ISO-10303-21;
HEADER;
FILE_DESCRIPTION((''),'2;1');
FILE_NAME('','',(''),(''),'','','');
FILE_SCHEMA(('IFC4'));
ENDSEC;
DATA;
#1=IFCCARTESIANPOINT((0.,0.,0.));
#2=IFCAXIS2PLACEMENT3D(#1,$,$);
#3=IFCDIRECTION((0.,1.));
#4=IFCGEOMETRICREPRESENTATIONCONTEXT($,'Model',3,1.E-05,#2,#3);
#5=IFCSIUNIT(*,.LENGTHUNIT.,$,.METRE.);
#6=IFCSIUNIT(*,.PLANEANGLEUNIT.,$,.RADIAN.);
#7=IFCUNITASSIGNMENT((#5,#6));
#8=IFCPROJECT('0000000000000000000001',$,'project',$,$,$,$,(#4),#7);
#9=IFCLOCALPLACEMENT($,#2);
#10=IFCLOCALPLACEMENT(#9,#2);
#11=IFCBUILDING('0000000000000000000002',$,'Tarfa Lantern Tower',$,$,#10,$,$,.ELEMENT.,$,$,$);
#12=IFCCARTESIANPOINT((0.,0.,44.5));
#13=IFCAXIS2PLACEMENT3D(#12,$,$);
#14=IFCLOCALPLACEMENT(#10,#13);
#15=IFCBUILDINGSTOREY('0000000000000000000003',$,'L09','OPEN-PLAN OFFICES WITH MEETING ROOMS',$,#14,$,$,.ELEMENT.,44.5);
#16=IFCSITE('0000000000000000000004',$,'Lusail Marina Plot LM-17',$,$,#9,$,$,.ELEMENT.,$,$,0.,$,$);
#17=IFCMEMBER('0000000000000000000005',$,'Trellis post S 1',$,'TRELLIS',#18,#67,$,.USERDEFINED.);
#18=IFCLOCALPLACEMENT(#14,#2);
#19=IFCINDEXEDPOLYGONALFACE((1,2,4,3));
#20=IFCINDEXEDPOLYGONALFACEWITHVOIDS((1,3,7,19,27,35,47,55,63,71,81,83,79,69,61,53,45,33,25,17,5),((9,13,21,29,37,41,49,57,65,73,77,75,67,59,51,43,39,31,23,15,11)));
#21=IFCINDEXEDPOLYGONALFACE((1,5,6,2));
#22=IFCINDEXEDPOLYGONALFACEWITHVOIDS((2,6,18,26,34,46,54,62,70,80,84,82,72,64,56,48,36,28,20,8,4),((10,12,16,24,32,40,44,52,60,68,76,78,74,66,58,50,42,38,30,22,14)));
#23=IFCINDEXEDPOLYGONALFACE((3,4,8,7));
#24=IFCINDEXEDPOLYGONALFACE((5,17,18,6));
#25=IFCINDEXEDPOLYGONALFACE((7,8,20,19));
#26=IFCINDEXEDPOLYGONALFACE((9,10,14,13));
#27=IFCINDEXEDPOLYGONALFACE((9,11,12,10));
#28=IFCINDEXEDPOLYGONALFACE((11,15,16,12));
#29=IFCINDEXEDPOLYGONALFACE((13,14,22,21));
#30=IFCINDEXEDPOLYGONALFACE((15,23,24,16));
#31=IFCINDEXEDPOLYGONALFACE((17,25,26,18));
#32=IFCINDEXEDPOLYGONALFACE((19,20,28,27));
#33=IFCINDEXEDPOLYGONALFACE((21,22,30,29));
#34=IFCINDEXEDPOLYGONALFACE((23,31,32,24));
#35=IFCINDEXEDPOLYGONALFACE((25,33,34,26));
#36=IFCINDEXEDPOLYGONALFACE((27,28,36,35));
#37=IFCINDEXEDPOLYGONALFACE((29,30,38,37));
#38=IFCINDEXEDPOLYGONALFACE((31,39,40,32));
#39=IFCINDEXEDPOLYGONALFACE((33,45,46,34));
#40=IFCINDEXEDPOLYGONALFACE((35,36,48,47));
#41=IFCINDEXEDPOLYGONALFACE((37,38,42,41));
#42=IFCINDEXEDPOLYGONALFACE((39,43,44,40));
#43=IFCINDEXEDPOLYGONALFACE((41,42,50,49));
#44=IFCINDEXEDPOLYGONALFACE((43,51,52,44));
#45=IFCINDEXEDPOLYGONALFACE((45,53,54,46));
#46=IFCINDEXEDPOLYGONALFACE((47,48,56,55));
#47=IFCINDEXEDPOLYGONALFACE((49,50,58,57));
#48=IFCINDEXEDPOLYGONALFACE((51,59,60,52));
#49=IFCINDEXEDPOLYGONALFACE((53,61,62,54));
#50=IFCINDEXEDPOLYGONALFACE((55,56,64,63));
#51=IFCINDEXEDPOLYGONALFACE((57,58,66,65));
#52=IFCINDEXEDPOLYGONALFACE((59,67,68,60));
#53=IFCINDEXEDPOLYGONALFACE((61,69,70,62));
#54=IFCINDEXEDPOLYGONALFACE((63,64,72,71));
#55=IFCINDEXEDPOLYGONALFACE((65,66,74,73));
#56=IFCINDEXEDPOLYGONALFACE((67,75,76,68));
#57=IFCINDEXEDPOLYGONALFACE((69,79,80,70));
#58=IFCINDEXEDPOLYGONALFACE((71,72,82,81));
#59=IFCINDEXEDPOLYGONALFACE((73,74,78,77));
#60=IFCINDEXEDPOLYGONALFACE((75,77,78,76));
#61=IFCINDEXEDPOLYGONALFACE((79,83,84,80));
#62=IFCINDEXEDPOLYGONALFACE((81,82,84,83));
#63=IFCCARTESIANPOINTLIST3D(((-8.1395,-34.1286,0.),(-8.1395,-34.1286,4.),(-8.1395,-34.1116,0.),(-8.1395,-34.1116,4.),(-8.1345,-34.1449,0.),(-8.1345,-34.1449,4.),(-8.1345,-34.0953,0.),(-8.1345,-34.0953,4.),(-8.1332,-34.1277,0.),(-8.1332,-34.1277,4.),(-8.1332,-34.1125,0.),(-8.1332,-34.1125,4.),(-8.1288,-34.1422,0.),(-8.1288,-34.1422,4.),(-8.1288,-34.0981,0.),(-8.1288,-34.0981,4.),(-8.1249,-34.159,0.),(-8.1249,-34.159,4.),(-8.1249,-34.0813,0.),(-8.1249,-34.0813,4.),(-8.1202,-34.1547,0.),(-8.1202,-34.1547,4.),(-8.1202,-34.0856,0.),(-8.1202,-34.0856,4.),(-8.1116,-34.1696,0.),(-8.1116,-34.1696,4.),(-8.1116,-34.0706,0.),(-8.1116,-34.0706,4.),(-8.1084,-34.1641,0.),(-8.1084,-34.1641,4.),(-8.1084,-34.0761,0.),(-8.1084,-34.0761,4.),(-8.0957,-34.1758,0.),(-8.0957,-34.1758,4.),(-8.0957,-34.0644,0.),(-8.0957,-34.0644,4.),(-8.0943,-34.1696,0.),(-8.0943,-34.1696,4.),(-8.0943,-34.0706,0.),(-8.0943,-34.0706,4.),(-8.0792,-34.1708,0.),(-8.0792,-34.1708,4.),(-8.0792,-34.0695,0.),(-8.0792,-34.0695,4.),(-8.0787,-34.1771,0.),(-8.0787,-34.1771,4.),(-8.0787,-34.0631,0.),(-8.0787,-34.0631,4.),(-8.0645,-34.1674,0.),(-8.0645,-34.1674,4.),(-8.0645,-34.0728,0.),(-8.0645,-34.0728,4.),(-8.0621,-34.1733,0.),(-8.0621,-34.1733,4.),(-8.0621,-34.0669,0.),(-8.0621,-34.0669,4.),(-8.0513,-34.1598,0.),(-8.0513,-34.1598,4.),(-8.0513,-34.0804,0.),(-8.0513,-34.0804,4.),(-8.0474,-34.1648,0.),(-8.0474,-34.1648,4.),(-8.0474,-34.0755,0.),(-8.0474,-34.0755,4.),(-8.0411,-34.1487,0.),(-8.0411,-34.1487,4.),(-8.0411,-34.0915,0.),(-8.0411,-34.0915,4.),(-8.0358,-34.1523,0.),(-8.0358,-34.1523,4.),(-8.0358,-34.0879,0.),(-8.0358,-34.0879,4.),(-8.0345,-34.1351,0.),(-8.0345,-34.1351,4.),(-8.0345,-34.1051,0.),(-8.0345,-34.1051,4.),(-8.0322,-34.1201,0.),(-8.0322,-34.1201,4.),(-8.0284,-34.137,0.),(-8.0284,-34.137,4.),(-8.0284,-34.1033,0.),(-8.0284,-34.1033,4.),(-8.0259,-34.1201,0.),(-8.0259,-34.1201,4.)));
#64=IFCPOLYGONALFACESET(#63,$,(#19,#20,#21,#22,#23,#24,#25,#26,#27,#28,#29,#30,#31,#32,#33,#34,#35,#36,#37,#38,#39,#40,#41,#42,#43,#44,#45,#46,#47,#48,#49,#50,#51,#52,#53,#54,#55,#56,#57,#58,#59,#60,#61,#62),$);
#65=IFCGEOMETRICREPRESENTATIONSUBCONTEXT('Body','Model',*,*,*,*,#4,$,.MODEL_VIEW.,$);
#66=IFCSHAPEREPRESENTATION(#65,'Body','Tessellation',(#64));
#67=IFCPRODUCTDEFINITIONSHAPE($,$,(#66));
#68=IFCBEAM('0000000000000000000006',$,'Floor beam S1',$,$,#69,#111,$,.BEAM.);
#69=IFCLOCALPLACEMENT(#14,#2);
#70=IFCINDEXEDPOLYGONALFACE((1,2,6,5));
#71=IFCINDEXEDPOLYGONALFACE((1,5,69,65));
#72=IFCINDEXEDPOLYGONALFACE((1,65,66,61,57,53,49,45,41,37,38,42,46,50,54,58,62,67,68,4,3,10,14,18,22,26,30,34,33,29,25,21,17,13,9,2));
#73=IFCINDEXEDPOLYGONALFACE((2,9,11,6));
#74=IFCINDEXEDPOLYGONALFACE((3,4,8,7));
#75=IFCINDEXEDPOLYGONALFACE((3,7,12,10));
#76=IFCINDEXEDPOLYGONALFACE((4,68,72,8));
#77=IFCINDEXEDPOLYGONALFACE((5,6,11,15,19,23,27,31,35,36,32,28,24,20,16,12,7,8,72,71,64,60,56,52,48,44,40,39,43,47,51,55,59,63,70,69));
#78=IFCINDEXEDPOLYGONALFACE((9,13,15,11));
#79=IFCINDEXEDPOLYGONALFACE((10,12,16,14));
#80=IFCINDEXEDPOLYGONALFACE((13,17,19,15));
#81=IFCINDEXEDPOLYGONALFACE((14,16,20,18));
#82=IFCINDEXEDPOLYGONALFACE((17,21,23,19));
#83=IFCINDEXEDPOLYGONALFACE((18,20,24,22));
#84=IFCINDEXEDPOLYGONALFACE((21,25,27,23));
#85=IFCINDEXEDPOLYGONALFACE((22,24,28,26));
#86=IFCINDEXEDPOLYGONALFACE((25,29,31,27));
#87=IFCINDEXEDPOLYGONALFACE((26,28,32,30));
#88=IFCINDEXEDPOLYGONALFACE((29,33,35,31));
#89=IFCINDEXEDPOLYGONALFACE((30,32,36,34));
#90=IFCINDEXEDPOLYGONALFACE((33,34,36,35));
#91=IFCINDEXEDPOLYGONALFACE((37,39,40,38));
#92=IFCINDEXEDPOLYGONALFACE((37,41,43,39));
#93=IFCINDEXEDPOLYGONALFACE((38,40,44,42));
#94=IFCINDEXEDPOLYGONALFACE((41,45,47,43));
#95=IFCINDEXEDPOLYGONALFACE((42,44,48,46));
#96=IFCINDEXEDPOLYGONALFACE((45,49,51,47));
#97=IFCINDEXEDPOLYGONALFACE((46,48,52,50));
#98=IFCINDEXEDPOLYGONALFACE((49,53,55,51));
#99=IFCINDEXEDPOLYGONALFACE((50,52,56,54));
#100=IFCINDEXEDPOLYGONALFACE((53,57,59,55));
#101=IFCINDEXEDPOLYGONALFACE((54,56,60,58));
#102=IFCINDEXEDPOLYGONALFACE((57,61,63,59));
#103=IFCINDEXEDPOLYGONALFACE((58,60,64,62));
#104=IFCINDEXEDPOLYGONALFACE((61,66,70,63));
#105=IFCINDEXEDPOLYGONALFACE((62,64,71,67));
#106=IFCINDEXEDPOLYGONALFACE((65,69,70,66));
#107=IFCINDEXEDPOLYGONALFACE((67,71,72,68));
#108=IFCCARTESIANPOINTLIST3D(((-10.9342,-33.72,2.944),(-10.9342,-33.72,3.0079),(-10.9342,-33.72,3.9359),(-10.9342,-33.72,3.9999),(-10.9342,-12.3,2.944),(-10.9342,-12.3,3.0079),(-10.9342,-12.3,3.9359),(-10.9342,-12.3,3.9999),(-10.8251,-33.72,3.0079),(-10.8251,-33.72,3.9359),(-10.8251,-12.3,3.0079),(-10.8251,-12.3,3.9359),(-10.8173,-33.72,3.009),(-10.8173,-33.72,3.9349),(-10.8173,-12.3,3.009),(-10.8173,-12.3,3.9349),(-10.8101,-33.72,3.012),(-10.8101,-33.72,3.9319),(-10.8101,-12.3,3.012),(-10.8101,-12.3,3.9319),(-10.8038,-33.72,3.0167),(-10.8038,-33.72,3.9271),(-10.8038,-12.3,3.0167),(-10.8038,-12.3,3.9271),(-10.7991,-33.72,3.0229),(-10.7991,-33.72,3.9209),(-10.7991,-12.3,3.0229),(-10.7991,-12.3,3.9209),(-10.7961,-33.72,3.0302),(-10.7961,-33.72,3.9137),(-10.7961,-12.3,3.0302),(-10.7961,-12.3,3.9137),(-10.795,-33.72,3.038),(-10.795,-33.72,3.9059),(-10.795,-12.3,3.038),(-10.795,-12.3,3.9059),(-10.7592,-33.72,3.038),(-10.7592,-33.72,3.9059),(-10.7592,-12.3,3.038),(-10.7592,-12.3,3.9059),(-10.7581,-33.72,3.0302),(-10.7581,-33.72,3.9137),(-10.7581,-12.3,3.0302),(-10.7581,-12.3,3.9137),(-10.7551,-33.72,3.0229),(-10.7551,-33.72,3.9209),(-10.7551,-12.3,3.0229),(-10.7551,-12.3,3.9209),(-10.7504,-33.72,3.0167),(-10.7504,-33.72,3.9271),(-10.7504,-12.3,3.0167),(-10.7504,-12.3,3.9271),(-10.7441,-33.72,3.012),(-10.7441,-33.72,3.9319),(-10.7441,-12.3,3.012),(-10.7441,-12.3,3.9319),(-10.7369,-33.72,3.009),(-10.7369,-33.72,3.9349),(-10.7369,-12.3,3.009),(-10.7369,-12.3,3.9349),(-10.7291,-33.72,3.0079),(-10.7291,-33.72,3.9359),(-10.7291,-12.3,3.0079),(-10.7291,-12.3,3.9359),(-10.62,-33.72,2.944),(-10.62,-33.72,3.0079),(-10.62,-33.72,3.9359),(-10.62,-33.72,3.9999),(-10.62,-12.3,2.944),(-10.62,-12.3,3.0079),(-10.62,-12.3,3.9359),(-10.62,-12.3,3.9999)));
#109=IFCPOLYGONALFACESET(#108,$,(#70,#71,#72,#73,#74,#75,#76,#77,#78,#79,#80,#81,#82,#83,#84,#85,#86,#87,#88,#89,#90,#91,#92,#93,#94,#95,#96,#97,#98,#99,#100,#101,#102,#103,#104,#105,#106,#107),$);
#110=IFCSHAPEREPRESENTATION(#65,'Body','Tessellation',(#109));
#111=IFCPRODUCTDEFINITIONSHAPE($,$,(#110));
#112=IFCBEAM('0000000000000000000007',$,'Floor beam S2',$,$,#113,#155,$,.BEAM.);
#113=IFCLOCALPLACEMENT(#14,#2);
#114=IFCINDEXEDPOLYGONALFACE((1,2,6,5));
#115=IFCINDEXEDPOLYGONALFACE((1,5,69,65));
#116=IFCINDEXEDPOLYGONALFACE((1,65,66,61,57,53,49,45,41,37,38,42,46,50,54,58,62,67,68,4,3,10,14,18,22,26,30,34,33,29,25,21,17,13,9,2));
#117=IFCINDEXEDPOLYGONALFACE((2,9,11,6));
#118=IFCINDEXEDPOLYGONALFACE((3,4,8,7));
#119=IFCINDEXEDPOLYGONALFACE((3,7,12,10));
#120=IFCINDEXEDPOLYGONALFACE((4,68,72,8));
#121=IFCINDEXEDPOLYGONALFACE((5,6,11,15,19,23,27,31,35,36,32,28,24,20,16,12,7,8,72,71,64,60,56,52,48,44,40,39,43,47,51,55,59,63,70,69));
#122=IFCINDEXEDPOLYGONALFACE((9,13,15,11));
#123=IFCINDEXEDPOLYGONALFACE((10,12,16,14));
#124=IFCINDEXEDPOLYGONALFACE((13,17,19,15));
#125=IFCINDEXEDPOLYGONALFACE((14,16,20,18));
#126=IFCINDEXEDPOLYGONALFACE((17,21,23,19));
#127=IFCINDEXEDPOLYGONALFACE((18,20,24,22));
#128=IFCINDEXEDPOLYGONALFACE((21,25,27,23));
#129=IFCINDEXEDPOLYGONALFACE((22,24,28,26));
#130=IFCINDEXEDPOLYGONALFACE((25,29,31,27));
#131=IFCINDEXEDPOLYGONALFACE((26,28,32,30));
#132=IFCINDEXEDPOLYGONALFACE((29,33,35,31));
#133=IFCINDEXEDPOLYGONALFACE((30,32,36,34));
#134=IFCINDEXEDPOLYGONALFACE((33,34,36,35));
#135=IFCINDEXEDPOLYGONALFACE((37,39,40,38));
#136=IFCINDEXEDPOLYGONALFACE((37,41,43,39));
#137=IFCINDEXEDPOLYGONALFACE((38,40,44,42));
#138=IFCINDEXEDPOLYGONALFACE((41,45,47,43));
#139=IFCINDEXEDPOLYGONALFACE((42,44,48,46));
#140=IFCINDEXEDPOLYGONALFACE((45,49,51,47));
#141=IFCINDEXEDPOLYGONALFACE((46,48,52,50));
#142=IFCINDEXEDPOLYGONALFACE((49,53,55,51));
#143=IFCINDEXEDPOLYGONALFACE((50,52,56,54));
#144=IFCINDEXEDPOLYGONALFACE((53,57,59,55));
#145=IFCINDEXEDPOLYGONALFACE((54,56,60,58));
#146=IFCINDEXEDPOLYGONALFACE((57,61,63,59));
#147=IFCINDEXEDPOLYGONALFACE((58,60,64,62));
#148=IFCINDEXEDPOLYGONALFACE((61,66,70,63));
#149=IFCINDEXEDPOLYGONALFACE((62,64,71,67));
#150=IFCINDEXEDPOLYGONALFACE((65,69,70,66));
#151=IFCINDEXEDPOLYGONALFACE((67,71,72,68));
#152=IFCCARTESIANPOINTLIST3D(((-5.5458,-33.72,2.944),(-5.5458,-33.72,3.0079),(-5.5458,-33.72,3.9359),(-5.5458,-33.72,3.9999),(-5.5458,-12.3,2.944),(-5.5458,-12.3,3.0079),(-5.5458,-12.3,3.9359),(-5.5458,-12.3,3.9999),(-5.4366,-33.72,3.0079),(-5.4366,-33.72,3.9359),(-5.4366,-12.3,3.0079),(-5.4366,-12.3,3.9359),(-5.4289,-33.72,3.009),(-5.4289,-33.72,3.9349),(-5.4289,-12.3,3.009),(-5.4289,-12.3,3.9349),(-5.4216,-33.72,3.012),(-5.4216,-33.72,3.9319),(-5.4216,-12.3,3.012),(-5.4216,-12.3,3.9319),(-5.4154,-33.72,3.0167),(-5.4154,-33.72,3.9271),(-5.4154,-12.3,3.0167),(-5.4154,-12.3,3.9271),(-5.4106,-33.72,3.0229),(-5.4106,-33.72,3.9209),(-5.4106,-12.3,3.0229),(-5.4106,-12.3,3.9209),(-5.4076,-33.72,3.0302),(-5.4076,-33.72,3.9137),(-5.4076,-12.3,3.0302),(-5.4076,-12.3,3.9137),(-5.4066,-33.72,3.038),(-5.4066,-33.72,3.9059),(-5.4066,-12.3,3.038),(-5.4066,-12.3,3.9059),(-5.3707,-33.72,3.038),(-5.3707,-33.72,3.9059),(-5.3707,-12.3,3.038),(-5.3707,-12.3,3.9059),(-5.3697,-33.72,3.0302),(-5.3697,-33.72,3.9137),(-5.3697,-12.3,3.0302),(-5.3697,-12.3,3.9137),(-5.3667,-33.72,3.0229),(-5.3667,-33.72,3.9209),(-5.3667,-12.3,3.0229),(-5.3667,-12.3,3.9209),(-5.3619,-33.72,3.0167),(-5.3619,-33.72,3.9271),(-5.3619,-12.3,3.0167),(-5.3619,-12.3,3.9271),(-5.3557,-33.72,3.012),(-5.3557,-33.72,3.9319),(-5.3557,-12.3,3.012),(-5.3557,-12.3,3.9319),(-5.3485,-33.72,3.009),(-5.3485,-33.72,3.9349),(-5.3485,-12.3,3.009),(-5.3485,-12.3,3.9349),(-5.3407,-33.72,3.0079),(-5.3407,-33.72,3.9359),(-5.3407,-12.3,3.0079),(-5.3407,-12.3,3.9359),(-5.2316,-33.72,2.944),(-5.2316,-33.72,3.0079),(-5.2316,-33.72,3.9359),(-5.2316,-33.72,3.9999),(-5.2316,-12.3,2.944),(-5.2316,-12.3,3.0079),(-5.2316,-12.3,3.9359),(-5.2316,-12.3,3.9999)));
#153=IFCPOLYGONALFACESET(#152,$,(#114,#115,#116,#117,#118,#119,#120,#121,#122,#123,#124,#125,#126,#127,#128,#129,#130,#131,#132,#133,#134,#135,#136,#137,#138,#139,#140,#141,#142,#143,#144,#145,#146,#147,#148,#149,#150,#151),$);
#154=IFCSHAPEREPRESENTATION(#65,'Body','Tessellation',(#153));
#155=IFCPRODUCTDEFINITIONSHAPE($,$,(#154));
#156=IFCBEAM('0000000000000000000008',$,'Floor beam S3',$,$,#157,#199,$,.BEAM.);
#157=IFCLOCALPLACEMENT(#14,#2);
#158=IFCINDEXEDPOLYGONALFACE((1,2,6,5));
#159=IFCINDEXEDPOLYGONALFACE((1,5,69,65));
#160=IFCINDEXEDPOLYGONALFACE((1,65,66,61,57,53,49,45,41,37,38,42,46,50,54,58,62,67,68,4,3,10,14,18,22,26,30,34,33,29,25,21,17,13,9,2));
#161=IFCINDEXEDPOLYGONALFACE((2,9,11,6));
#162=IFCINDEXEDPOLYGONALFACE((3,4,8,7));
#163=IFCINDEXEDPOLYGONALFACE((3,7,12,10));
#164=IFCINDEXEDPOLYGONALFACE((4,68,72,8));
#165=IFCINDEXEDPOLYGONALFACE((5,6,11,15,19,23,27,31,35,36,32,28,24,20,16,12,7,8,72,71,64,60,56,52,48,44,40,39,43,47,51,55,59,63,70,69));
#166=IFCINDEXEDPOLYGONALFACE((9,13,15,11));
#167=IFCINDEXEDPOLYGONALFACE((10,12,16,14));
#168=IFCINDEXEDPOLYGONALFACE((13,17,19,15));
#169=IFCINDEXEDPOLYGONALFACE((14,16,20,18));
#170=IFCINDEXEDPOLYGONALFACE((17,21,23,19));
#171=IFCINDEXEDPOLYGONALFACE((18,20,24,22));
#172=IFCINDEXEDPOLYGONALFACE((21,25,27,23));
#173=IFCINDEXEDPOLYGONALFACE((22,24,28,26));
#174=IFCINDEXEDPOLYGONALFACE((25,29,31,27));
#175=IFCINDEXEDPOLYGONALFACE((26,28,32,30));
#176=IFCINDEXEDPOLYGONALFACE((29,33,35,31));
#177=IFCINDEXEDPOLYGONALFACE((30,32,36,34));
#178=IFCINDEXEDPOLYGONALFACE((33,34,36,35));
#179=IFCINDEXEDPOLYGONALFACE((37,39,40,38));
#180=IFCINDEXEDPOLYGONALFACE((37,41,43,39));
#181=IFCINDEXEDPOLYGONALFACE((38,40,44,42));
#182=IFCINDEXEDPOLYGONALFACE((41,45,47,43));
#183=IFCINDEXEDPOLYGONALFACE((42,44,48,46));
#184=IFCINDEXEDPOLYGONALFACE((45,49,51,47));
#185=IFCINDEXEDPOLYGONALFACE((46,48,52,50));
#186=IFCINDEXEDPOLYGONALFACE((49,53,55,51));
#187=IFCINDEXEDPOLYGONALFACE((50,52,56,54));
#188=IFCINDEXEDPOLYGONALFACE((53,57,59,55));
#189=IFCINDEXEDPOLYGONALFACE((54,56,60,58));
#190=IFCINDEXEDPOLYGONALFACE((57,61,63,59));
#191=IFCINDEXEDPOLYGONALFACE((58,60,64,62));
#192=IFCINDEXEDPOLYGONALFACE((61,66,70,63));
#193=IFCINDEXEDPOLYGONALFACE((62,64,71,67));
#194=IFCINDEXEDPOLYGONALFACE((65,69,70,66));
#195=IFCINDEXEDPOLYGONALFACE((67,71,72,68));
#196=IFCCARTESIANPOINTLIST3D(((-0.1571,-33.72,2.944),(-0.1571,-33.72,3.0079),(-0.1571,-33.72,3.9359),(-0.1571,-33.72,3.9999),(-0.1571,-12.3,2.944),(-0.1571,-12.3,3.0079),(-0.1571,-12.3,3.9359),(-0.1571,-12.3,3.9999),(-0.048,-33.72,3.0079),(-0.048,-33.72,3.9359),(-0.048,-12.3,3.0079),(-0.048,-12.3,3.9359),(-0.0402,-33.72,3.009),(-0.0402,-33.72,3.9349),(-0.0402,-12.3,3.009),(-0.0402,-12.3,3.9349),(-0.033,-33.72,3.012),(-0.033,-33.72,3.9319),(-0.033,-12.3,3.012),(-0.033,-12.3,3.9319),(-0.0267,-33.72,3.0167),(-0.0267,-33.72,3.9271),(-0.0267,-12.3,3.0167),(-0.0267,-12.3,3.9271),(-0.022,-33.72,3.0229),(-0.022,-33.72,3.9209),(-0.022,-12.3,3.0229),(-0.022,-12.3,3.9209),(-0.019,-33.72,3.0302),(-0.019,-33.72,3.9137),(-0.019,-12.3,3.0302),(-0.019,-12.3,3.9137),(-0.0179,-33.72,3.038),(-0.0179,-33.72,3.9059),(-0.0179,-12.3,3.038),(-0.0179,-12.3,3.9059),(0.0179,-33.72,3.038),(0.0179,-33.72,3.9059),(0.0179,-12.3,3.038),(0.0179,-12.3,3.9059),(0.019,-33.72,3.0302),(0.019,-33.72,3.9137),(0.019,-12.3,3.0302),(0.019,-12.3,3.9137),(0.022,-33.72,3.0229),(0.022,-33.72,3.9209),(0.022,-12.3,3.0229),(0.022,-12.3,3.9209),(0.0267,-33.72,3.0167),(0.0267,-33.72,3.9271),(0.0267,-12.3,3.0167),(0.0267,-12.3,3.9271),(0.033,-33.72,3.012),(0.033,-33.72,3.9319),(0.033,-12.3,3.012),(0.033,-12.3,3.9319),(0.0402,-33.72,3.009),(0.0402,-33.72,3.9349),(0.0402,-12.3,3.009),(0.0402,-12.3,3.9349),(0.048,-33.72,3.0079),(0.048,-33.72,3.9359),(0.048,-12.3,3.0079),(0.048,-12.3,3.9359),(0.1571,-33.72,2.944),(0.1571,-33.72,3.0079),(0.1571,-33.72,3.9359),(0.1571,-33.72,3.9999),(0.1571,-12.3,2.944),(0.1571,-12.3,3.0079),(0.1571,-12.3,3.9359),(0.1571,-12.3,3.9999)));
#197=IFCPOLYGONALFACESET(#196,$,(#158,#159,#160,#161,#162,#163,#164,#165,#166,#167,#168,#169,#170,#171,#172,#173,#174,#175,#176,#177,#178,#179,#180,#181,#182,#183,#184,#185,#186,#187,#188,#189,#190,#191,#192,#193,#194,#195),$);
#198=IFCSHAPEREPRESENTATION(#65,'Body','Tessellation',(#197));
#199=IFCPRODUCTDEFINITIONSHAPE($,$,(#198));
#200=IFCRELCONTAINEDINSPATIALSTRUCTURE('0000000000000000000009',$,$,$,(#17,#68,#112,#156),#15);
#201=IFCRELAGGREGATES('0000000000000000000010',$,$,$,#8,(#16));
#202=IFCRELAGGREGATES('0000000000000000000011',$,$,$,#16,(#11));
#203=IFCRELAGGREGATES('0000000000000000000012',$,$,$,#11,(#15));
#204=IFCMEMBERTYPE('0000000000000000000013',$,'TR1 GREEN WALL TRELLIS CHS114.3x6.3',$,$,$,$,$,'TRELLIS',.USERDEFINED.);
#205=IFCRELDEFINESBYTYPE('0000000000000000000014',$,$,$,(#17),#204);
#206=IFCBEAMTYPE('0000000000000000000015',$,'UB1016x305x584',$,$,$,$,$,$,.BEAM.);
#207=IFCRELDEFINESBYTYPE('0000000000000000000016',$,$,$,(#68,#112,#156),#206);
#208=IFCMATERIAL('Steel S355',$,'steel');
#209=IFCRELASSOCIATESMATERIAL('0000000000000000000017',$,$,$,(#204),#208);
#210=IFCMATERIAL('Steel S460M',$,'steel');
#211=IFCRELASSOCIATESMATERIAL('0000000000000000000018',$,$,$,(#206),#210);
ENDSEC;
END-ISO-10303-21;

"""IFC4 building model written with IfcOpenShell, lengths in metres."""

from ifc_helpers import new_model, si_unit, direction, frame, origin, origin_2d, place, context, subcontext, project, spatial, hollow_circle, i_section, extrude, material, material_profile, profile_set, type_object, element, save


model = new_model("IFC4")

# Units and contexts
model_context = context("Model", 3, precision=1e-05, world=origin(), true_north=direction((0.0, 1.0)))
body_context = subcontext(model_context, "Body", "Model", "MODEL_VIEW")
ifc_project = project(units=[si_unit("LENGTHUNIT", "METRE"), si_unit("PLANEANGLEUNIT", "RADIAN")], contexts=[model_context])

# Site, building, storey
site_placement = place(None, origin())
site = spatial("IfcSite", under=ifc_project, at=site_placement, Name="Lusail Marina Plot LM-17", CompositionType="ELEMENT", RefElevation=0.0)
building_placement = place(site_placement, origin())
building = spatial("IfcBuilding", under=site, at=building_placement, Name="Tarfa Lantern Tower", CompositionType="ELEMENT")
storey_placement = place(building_placement, frame((0.0, 0.0, 44.5)))
storey = spatial("IfcBuildingStorey", under=building, at=storey_placement, Name="L09", Description="OPEN-PLAN OFFICES WITH MEETING ROOMS", CompositionType="ELEMENT", Elevation=44.5)

# Member
ifc_material_1 = material(Name="Steel S355", Category="steel")
ifc_material_profile_1 = material_profile(ifc_material_1, hollow_circle(Radius=0.0571, WallThickness=0.0063, at=origin_2d()), Name="CHS114.3x6.3")
ifc_profile_set_1 = profile_set([ifc_material_profile_1], Name="Steel S355")
member_type_1 = type_object("IfcMemberType", Name="TR1 GREEN WALL TRELLIS CHS114.3x6.3", ElementType="TRELLIS", PredefinedType="USERDEFINED", material=ifc_profile_set_1)
member_1_placement = place(storey_placement, frame((-8.083, -34.1201, 0.0), z_axis=(0.0, 0.0, 1.0), x_axis=(1.0, 0.0, 0.0)))
element("IfcMember", 1, at=member_1_placement, inside=storey, type_object=member_type_1, Name="Trellis post S 1", ObjectType="TRELLIS", PredefinedType="USERDEFINED", context=body_context, shape_type="SweptSolid", body=[
    extrude(hollow_circle(Radius=0.0571, WallThickness=0.0063, at=origin_2d()), origin(), (0.0, 0.0, 1.0), 4.0),
])

# Beams
ifc_material_2 = material(Name="Steel S460M", Category="steel")
ifc_material_profile_2 = material_profile(ifc_material_2, i_section(OverallWidth=0.3142, OverallDepth=1.0559, WebThickness=0.0359, FlangeThickness=0.064, FilletRadius=0.03, at=origin_2d()), Name="UB1016x305x584")
ifc_profile_set_2 = profile_set([ifc_material_profile_2], Name="Steel S460M")
beam_type_1 = type_object("IfcBeamType", Name="UB1016x305x584", PredefinedType="BEAM", material=ifc_profile_set_2)
for number, where, z_axis, x_axis, name in (
    (2, (-10.7771, -33.72, 3.4719), (0.0, 1.0, 0.0), (-1.0, 0.0, 0.0), "Floor beam S1"),
    (3, (-5.3887, -33.72, 3.4719), (0.0, 1.0, 0.0), (-1.0, 0.0, 0.0), "Floor beam S2"),
    (4, (0.0, -33.72, 3.4719), (0.0, 1.0, 0.0), (-1.0, 0.0, 0.0), "Floor beam S3"),
):
    element("IfcBeam", number, at=place(storey_placement, frame(where, z_axis=z_axis, x_axis=x_axis)), inside=storey, type_object=beam_type_1, Name=name, PredefinedType="BEAM", context=body_context, shape_type="SweptSolid", body=[
        extrude(i_section(OverallWidth=0.3142, OverallDepth=1.0559, WebThickness=0.0359, FlangeThickness=0.064, FilletRadius=0.03, at=origin_2d()), origin(), (0.0, 0.0, 1.0), 21.4199),
    ])

save(model, "model.ifc")
